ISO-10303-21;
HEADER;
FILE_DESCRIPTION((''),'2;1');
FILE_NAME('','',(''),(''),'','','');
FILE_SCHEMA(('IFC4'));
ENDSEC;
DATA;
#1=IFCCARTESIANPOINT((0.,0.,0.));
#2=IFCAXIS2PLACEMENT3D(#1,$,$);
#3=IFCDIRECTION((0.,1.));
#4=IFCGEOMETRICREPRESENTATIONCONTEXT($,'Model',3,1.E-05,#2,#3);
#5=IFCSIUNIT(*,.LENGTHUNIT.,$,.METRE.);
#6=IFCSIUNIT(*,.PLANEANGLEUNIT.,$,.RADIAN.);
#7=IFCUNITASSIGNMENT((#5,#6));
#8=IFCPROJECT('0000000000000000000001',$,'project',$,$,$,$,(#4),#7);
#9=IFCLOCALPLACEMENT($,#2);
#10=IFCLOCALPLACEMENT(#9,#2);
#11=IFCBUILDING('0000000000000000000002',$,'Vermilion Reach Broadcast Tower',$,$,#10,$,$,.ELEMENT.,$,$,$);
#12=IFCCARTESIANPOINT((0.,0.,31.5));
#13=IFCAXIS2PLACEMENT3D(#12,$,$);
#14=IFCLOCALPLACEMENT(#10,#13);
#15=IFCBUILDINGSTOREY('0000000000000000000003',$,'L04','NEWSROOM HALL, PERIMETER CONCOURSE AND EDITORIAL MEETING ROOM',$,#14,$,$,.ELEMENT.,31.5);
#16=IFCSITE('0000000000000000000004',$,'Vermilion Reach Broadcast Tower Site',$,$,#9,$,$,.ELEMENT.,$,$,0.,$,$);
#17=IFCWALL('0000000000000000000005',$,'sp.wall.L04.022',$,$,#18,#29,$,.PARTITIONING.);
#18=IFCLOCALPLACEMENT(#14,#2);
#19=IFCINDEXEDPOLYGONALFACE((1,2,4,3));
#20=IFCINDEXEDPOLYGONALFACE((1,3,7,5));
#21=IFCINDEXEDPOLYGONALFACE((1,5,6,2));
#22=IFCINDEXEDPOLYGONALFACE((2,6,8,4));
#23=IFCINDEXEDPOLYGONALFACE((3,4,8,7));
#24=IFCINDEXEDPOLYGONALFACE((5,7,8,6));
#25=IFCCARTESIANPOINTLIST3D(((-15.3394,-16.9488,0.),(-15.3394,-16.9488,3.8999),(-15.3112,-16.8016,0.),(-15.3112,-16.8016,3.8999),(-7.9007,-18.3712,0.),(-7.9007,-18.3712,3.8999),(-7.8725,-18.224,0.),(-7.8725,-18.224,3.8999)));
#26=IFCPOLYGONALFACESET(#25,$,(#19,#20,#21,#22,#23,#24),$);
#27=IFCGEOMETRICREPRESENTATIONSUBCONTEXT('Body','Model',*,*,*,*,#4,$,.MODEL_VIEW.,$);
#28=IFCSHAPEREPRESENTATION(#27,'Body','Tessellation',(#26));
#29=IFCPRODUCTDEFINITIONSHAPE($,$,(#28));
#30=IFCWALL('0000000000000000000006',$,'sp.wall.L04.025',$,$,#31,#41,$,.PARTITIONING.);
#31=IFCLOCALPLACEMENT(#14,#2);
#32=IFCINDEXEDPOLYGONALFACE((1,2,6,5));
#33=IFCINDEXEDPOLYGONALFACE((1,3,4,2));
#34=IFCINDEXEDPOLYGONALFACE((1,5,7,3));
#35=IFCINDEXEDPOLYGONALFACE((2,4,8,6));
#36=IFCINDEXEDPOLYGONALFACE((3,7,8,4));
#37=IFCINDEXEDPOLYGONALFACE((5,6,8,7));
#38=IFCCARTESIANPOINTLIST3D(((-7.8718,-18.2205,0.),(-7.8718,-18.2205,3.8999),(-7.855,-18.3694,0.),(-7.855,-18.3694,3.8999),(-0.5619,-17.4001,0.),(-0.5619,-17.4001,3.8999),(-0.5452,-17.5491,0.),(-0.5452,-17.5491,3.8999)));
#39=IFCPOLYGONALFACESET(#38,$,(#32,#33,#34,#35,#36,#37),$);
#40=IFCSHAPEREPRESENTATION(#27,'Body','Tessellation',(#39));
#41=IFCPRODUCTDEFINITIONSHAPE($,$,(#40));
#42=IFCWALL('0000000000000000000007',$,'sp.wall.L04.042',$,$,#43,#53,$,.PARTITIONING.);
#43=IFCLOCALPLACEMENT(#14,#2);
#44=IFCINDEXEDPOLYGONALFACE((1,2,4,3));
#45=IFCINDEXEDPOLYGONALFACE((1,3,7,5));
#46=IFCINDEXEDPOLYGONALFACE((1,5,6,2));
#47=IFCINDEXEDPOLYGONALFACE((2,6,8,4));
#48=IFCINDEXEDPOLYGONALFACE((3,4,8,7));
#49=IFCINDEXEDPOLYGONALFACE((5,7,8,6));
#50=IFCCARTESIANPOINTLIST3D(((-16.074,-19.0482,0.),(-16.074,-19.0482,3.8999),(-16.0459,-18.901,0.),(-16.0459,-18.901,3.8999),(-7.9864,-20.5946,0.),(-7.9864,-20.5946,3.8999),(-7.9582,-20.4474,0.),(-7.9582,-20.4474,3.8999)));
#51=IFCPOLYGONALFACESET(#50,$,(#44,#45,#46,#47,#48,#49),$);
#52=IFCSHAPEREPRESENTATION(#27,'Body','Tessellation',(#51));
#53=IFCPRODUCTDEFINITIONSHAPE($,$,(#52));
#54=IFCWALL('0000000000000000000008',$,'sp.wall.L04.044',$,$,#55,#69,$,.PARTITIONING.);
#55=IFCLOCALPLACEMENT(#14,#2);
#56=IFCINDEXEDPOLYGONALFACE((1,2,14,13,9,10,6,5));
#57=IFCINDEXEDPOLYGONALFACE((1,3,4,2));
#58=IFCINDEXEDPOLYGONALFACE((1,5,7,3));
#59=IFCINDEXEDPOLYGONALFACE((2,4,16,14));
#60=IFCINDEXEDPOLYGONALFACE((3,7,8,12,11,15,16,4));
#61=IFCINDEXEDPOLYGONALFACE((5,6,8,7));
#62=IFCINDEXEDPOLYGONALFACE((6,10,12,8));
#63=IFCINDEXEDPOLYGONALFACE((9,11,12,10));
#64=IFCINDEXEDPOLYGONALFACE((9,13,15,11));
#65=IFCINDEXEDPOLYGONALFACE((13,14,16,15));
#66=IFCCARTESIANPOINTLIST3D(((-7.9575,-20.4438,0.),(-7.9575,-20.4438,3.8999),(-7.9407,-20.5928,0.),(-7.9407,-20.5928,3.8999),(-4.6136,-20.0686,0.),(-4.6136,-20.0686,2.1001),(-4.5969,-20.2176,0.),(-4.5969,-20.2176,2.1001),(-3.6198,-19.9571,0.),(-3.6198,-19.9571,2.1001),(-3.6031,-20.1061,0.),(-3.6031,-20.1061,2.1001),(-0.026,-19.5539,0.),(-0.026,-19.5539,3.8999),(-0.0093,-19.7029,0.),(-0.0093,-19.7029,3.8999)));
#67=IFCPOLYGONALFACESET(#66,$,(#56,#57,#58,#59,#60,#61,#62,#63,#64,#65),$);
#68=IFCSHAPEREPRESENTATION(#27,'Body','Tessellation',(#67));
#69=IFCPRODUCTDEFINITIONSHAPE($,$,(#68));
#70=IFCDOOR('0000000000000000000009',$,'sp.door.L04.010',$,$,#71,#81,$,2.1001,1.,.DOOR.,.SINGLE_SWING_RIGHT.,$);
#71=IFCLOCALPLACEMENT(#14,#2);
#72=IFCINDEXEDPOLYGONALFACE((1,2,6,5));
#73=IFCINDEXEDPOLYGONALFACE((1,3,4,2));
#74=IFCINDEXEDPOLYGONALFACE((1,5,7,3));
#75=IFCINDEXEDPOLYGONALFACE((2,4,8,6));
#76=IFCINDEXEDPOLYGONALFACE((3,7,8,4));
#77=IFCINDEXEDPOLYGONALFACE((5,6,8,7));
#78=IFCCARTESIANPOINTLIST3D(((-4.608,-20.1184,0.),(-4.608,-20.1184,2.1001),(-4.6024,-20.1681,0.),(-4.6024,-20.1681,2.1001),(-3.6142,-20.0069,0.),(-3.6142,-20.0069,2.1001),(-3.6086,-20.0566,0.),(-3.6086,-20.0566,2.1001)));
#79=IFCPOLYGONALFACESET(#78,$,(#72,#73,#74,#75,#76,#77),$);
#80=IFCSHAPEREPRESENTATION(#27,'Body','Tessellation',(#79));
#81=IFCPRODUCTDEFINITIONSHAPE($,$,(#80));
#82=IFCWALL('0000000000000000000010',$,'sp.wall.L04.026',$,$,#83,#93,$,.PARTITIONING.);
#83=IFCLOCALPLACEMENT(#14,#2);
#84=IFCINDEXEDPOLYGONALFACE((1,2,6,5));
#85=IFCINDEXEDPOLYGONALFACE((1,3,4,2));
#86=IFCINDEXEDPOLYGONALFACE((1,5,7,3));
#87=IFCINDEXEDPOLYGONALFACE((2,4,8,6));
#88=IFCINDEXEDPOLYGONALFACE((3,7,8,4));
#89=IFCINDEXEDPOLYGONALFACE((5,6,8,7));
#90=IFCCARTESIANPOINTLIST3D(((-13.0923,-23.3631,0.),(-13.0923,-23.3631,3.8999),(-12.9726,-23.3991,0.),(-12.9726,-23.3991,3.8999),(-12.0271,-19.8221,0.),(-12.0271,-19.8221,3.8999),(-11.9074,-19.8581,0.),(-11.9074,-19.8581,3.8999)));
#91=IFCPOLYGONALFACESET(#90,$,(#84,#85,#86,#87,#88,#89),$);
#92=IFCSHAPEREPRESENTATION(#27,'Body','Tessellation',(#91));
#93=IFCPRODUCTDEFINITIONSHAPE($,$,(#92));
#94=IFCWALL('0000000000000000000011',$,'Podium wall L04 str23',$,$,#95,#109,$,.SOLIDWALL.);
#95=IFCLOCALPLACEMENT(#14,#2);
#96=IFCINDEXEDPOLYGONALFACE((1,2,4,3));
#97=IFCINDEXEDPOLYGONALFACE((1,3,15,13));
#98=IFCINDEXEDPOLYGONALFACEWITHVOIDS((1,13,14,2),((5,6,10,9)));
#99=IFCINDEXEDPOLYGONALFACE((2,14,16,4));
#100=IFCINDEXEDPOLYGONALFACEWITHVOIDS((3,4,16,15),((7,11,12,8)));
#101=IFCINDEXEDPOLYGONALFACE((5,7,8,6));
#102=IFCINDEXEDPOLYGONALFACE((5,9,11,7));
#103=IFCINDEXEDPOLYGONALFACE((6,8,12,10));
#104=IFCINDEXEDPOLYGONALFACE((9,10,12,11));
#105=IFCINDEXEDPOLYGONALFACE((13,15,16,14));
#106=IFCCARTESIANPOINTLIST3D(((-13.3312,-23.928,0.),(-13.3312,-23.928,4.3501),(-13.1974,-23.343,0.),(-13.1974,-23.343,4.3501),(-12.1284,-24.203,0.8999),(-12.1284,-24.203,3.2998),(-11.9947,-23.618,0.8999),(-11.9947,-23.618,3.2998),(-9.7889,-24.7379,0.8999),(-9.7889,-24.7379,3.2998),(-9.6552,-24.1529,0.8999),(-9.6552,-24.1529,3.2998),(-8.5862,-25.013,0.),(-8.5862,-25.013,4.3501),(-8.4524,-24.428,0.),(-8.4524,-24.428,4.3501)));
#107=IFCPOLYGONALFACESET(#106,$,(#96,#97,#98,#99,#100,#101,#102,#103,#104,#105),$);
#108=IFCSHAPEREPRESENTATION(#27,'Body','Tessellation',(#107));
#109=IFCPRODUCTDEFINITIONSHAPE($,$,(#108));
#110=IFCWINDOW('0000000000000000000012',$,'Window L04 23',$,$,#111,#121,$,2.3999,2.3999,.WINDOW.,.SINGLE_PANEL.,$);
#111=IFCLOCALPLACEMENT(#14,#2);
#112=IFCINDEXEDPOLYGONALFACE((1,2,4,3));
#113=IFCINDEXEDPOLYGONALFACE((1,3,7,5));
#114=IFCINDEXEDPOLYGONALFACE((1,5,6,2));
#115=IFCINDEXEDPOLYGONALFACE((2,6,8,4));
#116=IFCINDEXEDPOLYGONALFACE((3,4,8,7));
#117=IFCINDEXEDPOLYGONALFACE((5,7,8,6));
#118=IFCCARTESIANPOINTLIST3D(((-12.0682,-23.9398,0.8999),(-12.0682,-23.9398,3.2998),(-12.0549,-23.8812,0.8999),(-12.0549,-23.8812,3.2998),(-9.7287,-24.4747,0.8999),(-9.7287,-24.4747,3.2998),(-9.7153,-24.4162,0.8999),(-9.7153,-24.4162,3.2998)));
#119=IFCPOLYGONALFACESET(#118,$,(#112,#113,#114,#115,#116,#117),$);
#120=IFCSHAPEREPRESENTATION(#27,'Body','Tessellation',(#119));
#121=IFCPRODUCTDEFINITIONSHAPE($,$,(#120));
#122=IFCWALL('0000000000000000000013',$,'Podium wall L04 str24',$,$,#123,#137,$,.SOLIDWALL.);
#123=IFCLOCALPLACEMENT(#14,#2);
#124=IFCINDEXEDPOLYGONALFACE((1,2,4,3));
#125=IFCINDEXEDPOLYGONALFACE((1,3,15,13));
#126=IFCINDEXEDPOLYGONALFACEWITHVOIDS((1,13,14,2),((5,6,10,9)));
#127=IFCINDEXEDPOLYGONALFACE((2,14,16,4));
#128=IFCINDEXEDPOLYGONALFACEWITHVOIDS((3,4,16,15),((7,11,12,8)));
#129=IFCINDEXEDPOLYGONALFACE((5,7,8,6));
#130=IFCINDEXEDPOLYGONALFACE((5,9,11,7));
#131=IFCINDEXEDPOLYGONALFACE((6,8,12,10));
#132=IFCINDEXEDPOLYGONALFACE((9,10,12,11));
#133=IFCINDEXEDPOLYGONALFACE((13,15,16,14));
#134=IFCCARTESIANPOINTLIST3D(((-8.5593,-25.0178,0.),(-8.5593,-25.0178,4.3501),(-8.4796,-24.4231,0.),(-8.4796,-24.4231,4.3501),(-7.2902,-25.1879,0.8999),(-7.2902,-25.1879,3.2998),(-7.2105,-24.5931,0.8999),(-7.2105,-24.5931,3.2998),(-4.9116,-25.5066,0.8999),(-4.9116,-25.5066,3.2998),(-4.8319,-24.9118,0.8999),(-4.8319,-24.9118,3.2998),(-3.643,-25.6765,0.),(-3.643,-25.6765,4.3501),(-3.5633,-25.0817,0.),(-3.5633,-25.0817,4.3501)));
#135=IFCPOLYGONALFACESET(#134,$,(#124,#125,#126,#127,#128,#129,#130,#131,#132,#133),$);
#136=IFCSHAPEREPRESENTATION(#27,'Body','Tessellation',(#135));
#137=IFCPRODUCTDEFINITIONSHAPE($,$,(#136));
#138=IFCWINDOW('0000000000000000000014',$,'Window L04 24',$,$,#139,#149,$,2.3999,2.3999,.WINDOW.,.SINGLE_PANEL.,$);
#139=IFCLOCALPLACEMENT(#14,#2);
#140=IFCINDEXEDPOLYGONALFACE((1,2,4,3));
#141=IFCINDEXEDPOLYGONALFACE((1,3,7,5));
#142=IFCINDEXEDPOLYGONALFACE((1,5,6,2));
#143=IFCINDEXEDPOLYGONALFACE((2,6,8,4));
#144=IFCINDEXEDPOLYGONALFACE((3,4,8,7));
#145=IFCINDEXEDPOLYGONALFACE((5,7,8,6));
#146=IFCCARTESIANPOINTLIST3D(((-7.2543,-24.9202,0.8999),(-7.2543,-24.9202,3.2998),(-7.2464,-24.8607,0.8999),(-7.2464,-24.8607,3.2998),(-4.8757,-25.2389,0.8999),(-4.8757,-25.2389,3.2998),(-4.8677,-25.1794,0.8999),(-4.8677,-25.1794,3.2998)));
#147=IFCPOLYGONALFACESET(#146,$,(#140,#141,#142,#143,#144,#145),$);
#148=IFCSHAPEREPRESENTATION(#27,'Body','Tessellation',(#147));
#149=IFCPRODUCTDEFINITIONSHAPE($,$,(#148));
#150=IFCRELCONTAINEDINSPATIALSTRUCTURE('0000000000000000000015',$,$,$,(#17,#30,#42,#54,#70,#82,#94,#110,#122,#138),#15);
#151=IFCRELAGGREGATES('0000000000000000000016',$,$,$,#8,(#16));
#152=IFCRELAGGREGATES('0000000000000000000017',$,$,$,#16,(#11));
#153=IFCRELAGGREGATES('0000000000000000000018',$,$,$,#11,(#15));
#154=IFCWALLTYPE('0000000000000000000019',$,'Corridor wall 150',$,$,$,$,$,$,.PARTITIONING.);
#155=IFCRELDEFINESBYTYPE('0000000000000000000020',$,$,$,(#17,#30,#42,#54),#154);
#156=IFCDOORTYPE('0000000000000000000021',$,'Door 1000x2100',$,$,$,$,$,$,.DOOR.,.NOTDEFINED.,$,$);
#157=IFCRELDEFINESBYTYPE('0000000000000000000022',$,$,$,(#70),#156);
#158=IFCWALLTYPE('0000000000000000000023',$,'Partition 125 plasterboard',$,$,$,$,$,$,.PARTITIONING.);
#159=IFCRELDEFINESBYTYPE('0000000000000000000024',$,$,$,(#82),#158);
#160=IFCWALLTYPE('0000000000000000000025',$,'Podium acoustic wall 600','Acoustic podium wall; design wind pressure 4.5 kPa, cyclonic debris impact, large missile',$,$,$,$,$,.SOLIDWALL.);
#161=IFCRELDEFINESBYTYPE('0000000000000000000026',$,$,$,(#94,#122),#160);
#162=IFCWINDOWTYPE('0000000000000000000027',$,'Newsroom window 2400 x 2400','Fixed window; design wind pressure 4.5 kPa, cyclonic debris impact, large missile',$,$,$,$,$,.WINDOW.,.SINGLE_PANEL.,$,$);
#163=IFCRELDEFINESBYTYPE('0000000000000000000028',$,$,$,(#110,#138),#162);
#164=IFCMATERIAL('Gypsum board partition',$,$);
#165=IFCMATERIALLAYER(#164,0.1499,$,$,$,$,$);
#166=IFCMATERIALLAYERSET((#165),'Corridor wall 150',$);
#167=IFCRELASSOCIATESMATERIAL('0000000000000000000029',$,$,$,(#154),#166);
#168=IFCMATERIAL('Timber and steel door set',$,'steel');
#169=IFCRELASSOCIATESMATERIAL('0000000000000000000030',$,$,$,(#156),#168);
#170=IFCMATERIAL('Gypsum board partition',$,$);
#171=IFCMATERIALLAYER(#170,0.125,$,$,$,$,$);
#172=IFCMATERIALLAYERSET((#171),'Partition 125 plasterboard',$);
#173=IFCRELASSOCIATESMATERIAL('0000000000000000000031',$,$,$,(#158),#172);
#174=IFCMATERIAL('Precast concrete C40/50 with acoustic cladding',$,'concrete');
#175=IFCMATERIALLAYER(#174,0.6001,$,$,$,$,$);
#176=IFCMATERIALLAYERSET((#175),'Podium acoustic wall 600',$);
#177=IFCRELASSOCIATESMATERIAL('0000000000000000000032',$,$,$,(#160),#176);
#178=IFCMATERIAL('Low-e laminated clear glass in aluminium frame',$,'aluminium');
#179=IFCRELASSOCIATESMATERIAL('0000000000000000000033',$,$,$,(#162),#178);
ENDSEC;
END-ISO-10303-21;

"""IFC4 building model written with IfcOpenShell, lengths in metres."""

from ifc_helpers import new_model, si_unit, direction, frame, frame_2d, origin, place, context, subcontext, project, spatial, rectangle, extrude, material, layer, layer_set, type_object, element, fill, save


model = new_model("IFC4")

# Units and contexts
model_context = context("Model", 3, precision=1e-05, world=origin(), true_north=direction((0.0, 1.0)))
body_context = subcontext(model_context, "Body", "Model", "MODEL_VIEW")
ifc_project = project(units=[si_unit("LENGTHUNIT", "METRE"), si_unit("PLANEANGLEUNIT", "RADIAN")], contexts=[model_context])

# Site, building, storey
site_placement = place(None, origin())
site = spatial("IfcSite", under=ifc_project, at=site_placement, Name="Vermilion Reach Broadcast Tower Site", CompositionType="ELEMENT", RefElevation=0.0)
building_placement = place(site_placement, origin())
building = spatial("IfcBuilding", under=site, at=building_placement, Name="Vermilion Reach Broadcast Tower", CompositionType="ELEMENT")
storey_placement = place(building_placement, frame((0.0, 0.0, 31.5)))
storey = spatial("IfcBuildingStorey", under=building, at=storey_placement, Name="L04", Description="NEWSROOM HALL, PERIMETER CONCOURSE AND EDITORIAL MEETING ROOM", CompositionType="ELEMENT", Elevation=31.5)

# Walls
ifc_material_1 = material(Name="Gypsum board partition")
ifc_layer_1 = layer(ifc_material_1, 0.1499)
ifc_layer_set_1 = layer_set([ifc_layer_1], Name="Corridor wall 150")
wall_type_1 = type_object("IfcWallType", Name="Corridor wall 150", PredefinedType="PARTITIONING", material=ifc_layer_set_1)
wall_1_placement = place(storey_placement, frame((-15.3252, -16.8752, 0.0), z_axis=(0.0, 0.0, 1.0), x_axis=(0.982206, -0.187808, 0.0)))
element("IfcWall", 1, at=wall_1_placement, inside=storey, type_object=wall_type_1, Name="sp.wall.L04.022", PredefinedType="PARTITIONING", context=body_context, shape_type="SweptSolid", body=[
    extrude(rectangle(XDim=7.5735, YDim=0.1499, at=frame_2d((3.7866, 0.0))), origin(), (0.0, 0.0, 1.0), 3.8999),
])
wall_2_placement = place(storey_placement, frame((-7.8633, -18.2949, 0.0), z_axis=(0.0, 0.0, 1.0), x_axis=(0.993762, 0.111521, 0.0)))
element("IfcWall", 2, at=wall_2_placement, inside=storey, type_object=wall_type_1, Name="sp.wall.L04.025", PredefinedType="PARTITIONING", context=body_context, shape_type="SweptSolid", body=[
    extrude(rectangle(XDim=7.3557, YDim=0.1499, at=frame_2d((3.6777, 0.0))), origin(), (0.0, 0.0, 1.0), 3.8999),
])
wall_3_placement = place(storey_placement, frame((-16.0601, -18.9746, 0.0), z_axis=(0.0, 0.0, 1.0), x_axis=(0.982207, -0.187801, 0.0)))
element("IfcWall", 3, at=wall_3_placement, inside=storey, type_object=wall_type_1, Name="sp.wall.L04.042", PredefinedType="PARTITIONING", context=body_context, shape_type="SweptSolid", body=[
    extrude(rectangle(XDim=8.2341, YDim=0.1499, at=frame_2d((4.1172, 0.0))), origin(), (0.0, 0.0, 1.0), 3.8999),
])

# Wall, opening, door
wall_4_placement = place(storey_placement, frame((-7.9492, -20.5183, 0.0), z_axis=(0.0, 0.0, 1.0), x_axis=(0.993765, 0.111499, 0.0)))
wall_4 = element("IfcWall", 4, at=wall_4_placement, inside=storey, type_object=wall_type_1, Name="sp.wall.L04.044", PredefinedType="PARTITIONING", context=body_context, shape_type="SweptSolid", body=[
    extrude(rectangle(XDim=7.9812, YDim=0.1499, at=frame_2d((3.9907, 0.0))), origin(), (0.0, 0.0, 1.0), 3.8999),
])
opening_1_placement = place(wall_4_placement, frame((3.365, 0.0, 0.0)))
opening_1 = element("IfcOpeningElement", 5, at=opening_1_placement, cuts=wall_4, PredefinedType="OPENING", context=body_context, shape_type="SweptSolid", body=[
    extrude(rectangle(XDim=1.0, YDim=2.1001, at=frame_2d((0.5, 1.05))), frame((0.0, 0.085, 0.0), z_axis=(0.0, -1.0, 0.0), x_axis=(1.0, 0.0, 0.0)), (0.0, 0.0, 1.0), 0.1699),
])
ifc_material_2 = material(Name="Timber and steel door set", Category="steel")
door_type = type_object("IfcDoorType", Name="Door 1000x2100", OperationType="NOTDEFINED", PredefinedType="DOOR", material=ifc_material_2)
door_placement = place(opening_1_placement, origin())
door = element("IfcDoor", 6, at=door_placement, inside=storey, type_object=door_type, Name="sp.door.L04.010", OperationType="SINGLE_SWING_RIGHT", OverallHeight=2.1001, OverallWidth=1.0, PredefinedType="DOOR", context=body_context, shape_type="SweptSolid", body=[
    extrude(rectangle(XDim=1.0, YDim=2.1001, at=frame_2d((0.5, 1.05))), frame((0.0, 0.0249, 0.0), z_axis=(0.0, -1.0, 0.0), x_axis=(1.0, 0.0, 0.0)), (0.0, 0.0, 1.0), 0.05),
])
fill(opening_1, door)

# Wall
ifc_material_3 = material(Name="Gypsum board partition")
ifc_layer_2 = layer(ifc_material_3, 0.125)
ifc_layer_set_2 = layer_set([ifc_layer_2], Name="Partition 125 plasterboard")
wall_type_2 = type_object("IfcWallType", Name="Partition 125 plasterboard", PredefinedType="PARTITIONING", material=ifc_layer_set_2)
wall_5_placement = place(storey_placement, frame((-13.0325, -23.3811, 0.0), z_axis=(0.0, 0.0, 1.0), x_axis=(0.288063, 0.957612, 0.0)))
element("IfcWall", 7, at=wall_5_placement, inside=storey, type_object=wall_type_2, Name="sp.wall.L04.026", PredefinedType="PARTITIONING", context=body_context, shape_type="SweptSolid", body=[
    extrude(rectangle(XDim=3.6978, YDim=0.125, at=frame_2d((1.8489, 0.0))), origin(), (0.0, 0.0, 1.0), 3.8999),
])

# Walls, openings, windows
ifc_material_4 = material(Name="Precast concrete C40/50 with acoustic cladding", Category="concrete")
ifc_layer_3 = layer(ifc_material_4, 0.6001)
ifc_layer_set_3 = layer_set([ifc_layer_3], Name="Podium acoustic wall 600")
wall_type_3 = type_object("IfcWallType", Name="Podium acoustic wall 600", Description="Acoustic podium wall; design wind pressure 4.5 kPa, cyclonic debris impact, large missile", PredefinedType="SOLIDWALL", material=ifc_layer_set_3)
wall_6_placement = place(storey_placement, frame((-13.2642, -23.6355, 0.0), z_axis=(0.0, 0.0, 1.0), x_axis=(0.97484, -0.222907, 0.0)))
wall_6 = element("IfcWall", 8, at=wall_6_placement, inside=storey, type_object=wall_type_3, Name="Podium wall L04 str23", PredefinedType="SOLIDWALL", context=body_context, shape_type="SweptSolid", body=[
    extrude(rectangle(XDim=4.8674, YDim=0.6001, at=frame_2d((2.4336, 0.0))), origin(), (0.0, 0.0, 1.0), 4.3501),
])
opening_2_placement = place(wall_6_placement, frame((1.2336, 0.0, 0.8999)))
opening_2 = element("IfcOpeningElement", 9, at=opening_2_placement, cuts=wall_6, PredefinedType="OPENING", context=body_context, shape_type="SweptSolid", body=[
    extrude(rectangle(XDim=2.3999, YDim=2.3999, at=frame_2d((1.2, 1.2))), frame((0.0, 0.3101, 0.0), z_axis=(0.0, -1.0, 0.0), x_axis=(1.0, 0.0, 0.0)), (0.0, 0.0, 1.0), 0.6201),
])
ifc_material_5 = material(Name="Low-e laminated clear glass in aluminium frame", Category="aluminium")
window_type = type_object("IfcWindowType", Name="Newsroom window 2400 x 2400", Description="Fixed window; design wind pressure 4.5 kPa, cyclonic debris impact, large missile", PartitioningType="SINGLE_PANEL", PredefinedType="WINDOW", material=ifc_material_5)
window_1_placement = place(opening_2_placement, origin())
window_1 = element("IfcWindow", 10, at=window_1_placement, inside=storey, type_object=window_type, Name="Window L04 23", OverallHeight=2.3999, OverallWidth=2.3999, PartitioningType="SINGLE_PANEL", PredefinedType="WINDOW", context=body_context, shape_type="SweptSolid", body=[
    extrude(rectangle(XDim=2.3999, YDim=2.3999, at=frame_2d((1.2, 1.2))), frame((0.0, 0.03, 0.0), z_axis=(0.0, -1.0, 0.0), x_axis=(1.0, 0.0, 0.0)), (0.0, 0.0, 1.0), 0.0601),
])
fill(opening_2, window_1)
wall_7_placement = place(storey_placement, frame((-8.5193, -24.7205, 0.0), z_axis=(0.0, 0.0, 1.0), x_axis=(0.991143, -0.132796, 0.0)))
wall_7 = element("IfcWall", 11, at=wall_7_placement, inside=storey, type_object=wall_type_3, Name="Podium wall L04 str24", PredefinedType="SOLIDWALL", context=body_context, shape_type="SweptSolid", body=[
    extrude(rectangle(XDim=4.9602, YDim=0.6001, at=frame_2d((2.48, 0.0))), origin(), (0.0, 0.0, 1.0), 4.3501),
])
opening_3_placement = place(wall_7_placement, frame((1.2803, 0.0, 0.8999)))
opening_3 = element("IfcOpeningElement", 12, at=opening_3_placement, cuts=wall_7, PredefinedType="OPENING", context=body_context, shape_type="SweptSolid", body=[
    extrude(rectangle(XDim=2.3999, YDim=2.3999, at=frame_2d((1.2, 1.2))), frame((0.0, 0.3101, 0.0), z_axis=(0.0, -1.0, 0.0), x_axis=(1.0, 0.0, 0.0)), (0.0, 0.0, 1.0), 0.6201),
])
window_2_placement = place(opening_3_placement, origin())
window_2 = element("IfcWindow", 13, at=window_2_placement, inside=storey, type_object=window_type, Name="Window L04 24", OverallHeight=2.3999, OverallWidth=2.3999, PartitioningType="SINGLE_PANEL", PredefinedType="WINDOW", context=body_context, shape_type="SweptSolid", body=[
    extrude(rectangle(XDim=2.3999, YDim=2.3999, at=frame_2d((1.2, 1.2))), frame((0.0, 0.03, 0.0), z_axis=(0.0, -1.0, 0.0), x_axis=(1.0, 0.0, 0.0)), (0.0, 0.0, 1.0), 0.0601),
])
fill(opening_3, window_2)

save(model, "model.ifc")
